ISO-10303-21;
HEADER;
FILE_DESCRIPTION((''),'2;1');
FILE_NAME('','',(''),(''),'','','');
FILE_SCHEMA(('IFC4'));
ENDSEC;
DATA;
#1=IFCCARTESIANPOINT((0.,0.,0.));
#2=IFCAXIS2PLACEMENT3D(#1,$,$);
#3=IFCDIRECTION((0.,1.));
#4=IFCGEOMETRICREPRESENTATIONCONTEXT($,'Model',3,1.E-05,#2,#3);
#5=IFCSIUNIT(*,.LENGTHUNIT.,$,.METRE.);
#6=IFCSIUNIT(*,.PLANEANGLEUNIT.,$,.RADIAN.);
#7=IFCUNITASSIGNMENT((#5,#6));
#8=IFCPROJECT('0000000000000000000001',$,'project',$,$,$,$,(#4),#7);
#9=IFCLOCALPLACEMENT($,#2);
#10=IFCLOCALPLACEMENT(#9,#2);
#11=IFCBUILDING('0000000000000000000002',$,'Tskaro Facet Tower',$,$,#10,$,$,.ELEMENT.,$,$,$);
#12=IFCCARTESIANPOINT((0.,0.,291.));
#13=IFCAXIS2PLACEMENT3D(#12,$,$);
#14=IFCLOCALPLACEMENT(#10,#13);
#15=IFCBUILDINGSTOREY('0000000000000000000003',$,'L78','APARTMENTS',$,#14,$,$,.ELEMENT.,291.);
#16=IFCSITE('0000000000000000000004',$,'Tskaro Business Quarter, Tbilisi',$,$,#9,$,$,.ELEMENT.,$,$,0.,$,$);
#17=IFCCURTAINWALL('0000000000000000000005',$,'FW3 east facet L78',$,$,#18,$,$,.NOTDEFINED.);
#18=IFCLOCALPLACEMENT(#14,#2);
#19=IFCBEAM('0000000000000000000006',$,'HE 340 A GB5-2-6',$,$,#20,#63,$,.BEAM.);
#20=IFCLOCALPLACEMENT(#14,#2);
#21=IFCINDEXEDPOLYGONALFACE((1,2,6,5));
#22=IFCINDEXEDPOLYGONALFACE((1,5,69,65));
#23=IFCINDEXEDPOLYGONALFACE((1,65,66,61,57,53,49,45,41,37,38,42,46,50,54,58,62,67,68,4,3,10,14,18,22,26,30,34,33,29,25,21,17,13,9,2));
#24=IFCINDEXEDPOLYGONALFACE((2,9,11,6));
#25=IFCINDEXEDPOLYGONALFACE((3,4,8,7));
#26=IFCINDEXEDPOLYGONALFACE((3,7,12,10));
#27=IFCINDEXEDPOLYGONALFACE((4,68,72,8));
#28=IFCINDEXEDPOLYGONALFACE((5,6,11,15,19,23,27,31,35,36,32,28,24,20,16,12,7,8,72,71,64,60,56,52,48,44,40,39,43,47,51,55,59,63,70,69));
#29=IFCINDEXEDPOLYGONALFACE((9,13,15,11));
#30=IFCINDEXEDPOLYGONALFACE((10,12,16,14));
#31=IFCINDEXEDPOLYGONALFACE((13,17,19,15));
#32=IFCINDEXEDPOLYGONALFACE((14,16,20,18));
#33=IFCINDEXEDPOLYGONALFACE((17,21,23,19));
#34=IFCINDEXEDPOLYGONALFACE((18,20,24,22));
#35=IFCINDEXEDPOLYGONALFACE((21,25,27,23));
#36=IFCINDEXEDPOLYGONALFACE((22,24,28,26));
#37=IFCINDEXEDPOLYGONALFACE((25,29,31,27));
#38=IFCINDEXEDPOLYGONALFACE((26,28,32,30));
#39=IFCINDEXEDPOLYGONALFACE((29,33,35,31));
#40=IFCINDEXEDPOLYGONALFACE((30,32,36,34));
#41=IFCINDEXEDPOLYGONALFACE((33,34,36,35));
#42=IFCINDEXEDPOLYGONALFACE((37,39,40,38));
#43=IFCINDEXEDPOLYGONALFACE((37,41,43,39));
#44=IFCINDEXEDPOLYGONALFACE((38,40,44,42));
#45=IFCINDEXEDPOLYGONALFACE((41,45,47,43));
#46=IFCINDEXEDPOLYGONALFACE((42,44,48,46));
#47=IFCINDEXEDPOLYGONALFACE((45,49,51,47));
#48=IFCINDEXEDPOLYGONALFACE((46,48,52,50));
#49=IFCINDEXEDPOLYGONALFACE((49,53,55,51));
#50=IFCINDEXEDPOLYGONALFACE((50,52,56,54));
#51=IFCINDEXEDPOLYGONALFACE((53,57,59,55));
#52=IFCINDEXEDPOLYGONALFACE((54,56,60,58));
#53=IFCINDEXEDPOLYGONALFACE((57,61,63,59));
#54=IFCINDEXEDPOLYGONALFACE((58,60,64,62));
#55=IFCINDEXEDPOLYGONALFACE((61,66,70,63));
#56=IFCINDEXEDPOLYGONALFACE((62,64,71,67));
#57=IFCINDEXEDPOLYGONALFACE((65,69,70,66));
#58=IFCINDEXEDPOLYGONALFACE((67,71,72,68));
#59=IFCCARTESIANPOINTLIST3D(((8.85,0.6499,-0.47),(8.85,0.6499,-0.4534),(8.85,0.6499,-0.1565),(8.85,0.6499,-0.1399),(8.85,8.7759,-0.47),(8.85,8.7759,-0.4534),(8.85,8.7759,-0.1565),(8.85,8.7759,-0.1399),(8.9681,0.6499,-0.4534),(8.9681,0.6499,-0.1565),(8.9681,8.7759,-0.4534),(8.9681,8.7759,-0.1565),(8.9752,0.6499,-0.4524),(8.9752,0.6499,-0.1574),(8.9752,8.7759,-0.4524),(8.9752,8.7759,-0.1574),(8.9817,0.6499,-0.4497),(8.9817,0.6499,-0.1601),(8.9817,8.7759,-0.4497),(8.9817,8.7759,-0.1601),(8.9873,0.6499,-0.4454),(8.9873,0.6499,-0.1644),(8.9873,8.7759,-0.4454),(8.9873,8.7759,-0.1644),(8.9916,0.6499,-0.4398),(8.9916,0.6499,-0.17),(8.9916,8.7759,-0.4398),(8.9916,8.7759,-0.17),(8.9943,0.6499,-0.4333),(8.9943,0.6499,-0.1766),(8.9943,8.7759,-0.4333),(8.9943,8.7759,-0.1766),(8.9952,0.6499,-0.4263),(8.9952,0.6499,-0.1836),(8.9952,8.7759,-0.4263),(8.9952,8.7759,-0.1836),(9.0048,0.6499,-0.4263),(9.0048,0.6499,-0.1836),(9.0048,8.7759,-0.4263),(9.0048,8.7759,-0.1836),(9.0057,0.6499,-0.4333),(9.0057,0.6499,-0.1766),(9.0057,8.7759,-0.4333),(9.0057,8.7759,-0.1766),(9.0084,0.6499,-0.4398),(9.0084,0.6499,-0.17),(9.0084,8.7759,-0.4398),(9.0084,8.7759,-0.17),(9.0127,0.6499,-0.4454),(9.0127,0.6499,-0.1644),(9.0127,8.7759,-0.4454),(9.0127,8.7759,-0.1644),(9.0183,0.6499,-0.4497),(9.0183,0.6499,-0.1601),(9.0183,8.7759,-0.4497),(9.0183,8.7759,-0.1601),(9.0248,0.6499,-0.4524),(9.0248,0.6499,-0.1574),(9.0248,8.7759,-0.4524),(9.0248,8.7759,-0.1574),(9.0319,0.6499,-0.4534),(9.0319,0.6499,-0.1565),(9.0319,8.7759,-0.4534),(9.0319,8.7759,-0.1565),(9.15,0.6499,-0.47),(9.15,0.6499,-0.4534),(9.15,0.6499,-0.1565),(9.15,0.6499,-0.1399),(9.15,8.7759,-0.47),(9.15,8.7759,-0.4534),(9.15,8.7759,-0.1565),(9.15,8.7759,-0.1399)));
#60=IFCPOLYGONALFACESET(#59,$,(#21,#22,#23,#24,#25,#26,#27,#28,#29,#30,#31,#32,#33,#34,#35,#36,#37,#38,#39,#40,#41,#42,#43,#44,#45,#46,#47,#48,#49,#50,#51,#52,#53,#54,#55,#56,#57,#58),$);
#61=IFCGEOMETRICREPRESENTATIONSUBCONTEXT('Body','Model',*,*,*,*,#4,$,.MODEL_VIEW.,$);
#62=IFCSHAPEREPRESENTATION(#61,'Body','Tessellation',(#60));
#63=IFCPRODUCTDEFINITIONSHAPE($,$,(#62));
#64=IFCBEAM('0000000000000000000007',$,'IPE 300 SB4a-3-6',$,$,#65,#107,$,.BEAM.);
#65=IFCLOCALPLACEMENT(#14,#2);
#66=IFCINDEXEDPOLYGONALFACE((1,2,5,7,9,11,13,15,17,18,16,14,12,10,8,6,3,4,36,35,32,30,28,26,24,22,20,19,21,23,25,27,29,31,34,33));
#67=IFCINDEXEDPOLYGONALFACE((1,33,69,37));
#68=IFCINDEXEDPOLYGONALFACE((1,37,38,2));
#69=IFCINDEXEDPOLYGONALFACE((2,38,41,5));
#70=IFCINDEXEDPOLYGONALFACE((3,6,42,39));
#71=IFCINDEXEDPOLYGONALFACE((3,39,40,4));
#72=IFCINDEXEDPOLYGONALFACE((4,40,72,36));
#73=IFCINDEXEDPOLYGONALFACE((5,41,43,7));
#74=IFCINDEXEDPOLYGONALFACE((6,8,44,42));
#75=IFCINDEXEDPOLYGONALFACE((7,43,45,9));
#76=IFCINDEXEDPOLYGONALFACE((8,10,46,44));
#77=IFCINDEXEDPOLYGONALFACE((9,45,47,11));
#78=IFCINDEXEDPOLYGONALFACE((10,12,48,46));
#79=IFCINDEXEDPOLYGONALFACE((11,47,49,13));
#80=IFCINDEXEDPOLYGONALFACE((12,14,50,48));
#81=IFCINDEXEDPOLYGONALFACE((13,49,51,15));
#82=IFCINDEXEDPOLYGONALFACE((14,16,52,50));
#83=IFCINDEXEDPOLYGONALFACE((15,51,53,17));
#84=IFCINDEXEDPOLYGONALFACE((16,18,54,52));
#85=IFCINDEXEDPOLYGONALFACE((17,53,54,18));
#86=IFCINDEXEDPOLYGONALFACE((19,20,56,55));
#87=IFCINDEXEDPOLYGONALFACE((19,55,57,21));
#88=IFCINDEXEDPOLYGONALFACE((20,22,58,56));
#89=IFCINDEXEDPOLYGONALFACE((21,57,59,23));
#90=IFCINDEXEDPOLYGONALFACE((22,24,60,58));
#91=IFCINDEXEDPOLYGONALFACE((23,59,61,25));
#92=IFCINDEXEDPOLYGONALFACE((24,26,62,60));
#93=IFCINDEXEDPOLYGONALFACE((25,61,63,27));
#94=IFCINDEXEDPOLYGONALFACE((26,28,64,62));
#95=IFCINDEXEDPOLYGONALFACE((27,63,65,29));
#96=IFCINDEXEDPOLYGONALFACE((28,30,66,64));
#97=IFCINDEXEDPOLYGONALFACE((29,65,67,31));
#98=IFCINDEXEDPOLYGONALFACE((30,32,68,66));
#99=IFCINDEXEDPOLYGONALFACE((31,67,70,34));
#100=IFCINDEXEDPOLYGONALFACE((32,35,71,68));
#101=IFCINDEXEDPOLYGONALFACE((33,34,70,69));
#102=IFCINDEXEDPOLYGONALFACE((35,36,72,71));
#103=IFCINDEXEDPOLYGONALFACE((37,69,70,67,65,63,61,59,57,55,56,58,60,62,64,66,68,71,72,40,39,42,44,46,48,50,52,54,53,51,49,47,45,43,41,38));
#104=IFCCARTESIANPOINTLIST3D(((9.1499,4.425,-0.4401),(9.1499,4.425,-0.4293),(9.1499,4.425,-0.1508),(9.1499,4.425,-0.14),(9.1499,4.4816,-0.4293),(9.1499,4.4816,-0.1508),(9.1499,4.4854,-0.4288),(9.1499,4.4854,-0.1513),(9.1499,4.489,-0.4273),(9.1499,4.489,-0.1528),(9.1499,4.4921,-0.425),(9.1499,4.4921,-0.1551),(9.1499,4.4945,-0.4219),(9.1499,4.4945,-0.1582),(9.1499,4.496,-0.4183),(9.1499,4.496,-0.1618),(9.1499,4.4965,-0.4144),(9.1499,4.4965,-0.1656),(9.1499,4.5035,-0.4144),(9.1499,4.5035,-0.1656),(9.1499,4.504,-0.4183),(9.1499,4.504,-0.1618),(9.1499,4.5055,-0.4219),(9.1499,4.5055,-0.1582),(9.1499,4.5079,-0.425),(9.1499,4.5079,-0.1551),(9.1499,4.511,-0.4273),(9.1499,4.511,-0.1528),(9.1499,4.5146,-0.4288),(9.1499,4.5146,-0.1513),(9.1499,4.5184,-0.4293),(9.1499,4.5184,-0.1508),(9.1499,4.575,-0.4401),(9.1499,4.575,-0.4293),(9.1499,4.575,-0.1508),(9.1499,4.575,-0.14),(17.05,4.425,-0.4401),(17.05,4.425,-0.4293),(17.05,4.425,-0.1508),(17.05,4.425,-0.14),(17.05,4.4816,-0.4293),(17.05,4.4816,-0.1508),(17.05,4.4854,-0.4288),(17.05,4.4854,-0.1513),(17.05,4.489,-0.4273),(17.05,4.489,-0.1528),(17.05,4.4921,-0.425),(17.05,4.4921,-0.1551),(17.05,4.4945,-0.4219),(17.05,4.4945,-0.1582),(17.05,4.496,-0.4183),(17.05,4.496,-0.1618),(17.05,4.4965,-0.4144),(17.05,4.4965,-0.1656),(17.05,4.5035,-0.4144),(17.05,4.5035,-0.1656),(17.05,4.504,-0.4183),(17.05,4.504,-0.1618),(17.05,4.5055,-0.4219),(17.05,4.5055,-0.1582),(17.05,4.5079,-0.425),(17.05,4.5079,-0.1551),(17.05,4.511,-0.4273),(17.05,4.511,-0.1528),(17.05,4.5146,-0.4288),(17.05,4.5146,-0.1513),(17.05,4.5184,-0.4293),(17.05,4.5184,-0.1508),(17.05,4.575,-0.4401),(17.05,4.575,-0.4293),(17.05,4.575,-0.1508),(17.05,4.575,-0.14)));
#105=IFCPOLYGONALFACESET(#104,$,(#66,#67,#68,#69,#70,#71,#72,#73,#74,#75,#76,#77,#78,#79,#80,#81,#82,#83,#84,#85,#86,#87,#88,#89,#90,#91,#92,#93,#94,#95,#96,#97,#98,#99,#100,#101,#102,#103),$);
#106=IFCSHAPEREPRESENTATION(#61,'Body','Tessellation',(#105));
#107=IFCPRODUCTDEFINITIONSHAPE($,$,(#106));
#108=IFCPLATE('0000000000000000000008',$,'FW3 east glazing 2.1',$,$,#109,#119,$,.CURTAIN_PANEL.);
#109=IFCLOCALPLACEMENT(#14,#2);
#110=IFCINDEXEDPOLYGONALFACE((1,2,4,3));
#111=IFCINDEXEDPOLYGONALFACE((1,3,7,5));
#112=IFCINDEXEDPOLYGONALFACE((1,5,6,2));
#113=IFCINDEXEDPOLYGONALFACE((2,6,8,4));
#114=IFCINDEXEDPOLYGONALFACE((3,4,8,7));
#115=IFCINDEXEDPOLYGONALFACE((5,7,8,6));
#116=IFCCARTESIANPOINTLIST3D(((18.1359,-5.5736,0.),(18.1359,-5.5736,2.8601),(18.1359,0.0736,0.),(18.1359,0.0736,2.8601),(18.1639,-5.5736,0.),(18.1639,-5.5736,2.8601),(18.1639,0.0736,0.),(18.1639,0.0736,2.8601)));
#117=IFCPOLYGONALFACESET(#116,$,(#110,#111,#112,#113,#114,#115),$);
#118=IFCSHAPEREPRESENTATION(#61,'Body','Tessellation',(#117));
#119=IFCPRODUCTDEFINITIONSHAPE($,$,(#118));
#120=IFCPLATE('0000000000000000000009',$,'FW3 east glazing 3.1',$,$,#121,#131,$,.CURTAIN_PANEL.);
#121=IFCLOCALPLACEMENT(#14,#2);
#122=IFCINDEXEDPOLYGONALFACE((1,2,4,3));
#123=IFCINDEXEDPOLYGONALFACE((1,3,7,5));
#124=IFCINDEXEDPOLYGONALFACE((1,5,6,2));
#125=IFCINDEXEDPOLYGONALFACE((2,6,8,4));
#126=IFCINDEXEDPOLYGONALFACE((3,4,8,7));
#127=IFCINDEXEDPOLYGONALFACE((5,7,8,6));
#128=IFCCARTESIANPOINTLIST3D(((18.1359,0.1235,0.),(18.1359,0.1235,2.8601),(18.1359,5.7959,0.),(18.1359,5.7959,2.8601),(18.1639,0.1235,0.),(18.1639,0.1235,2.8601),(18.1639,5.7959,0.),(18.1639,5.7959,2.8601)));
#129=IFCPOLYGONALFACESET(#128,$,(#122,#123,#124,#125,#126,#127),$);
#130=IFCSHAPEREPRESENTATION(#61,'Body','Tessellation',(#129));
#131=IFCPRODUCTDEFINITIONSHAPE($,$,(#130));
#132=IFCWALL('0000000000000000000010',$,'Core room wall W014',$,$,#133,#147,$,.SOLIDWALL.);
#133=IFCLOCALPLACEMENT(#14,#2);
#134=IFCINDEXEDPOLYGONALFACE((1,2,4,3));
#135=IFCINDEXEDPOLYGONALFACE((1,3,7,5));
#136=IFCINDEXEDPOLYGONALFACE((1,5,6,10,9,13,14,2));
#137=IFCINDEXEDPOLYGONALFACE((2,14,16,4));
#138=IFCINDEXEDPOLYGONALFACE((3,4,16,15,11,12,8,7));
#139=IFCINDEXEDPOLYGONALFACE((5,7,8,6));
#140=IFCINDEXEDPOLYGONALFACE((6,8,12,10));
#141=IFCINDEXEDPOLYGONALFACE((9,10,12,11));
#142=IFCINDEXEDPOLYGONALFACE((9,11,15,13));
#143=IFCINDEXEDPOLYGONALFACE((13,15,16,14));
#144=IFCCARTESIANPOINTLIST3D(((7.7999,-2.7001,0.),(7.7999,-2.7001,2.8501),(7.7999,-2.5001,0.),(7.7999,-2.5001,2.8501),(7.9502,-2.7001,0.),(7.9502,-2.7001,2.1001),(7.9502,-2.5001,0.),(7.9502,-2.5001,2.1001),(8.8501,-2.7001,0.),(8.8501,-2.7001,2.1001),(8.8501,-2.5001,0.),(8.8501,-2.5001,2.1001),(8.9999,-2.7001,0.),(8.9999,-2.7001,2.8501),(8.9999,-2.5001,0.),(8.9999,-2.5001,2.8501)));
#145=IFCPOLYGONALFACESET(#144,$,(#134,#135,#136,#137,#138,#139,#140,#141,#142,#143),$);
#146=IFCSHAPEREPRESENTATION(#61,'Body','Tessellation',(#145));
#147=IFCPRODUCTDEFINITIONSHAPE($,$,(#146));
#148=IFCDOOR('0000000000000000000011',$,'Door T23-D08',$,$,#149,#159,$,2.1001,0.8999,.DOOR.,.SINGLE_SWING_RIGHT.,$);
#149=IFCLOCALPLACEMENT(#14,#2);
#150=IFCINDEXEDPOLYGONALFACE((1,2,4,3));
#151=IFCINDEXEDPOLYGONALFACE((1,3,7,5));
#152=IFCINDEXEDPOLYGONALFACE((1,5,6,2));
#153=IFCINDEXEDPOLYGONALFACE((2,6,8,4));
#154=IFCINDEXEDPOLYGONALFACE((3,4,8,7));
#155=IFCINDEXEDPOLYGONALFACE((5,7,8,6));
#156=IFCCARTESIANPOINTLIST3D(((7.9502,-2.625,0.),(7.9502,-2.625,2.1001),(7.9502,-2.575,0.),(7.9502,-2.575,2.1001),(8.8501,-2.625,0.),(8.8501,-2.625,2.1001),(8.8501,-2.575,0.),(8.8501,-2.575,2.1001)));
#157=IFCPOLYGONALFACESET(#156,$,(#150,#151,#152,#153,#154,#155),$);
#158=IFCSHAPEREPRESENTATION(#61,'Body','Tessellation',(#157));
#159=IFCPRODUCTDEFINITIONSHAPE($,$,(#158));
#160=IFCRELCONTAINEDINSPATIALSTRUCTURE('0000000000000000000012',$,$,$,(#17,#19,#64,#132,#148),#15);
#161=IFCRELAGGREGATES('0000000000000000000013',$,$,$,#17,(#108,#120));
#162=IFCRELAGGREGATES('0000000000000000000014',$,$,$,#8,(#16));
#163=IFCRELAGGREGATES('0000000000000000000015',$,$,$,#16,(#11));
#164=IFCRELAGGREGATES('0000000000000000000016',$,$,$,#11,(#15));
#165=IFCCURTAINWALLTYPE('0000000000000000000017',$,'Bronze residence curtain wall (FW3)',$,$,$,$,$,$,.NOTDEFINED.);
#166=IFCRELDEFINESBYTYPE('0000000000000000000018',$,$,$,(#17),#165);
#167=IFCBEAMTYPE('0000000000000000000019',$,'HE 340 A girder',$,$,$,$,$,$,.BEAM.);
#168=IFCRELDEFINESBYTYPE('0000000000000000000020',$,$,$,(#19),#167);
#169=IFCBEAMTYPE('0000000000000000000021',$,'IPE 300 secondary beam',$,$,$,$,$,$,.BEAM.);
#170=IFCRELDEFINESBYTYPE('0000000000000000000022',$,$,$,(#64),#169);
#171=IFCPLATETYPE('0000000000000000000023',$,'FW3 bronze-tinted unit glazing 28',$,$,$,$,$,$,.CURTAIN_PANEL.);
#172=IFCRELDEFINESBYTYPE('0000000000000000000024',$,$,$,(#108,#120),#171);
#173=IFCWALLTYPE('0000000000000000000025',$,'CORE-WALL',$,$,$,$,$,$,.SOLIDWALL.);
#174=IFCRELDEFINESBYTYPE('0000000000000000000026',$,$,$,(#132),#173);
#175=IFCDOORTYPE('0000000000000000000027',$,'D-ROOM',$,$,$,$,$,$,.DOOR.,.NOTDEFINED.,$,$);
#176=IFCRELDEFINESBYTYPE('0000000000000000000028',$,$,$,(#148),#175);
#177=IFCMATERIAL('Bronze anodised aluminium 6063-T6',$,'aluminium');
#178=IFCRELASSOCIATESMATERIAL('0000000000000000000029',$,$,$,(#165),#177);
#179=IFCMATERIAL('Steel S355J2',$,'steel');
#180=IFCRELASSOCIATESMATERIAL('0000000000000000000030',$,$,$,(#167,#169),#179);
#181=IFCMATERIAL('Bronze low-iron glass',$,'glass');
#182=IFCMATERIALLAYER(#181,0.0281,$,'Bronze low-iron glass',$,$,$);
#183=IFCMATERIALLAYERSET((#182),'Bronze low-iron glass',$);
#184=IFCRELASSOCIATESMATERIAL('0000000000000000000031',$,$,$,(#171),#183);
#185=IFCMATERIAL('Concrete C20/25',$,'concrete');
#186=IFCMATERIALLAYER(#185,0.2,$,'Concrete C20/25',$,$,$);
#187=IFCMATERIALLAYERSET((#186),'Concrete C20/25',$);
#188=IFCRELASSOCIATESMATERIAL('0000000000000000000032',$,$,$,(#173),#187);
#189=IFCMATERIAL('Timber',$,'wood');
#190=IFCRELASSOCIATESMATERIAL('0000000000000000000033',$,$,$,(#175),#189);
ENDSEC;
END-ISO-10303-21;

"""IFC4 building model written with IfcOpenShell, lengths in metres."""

from ifc_helpers import new_model, si_unit, direction, frame, frame_2d, origin, origin_2d, place, context, subcontext, project, spatial, rectangle, i_section, extrude, material, layer, layer_set, material_profile, profile_set, type_object, element, fill, aggregate, save


model = new_model("IFC4")

# Units and contexts
model_context = context("Model", 3, precision=1e-05, world=origin(), true_north=direction((0.0, 1.0)))
body_context = subcontext(model_context, "Body", "Model", "MODEL_VIEW")
ifc_project = project(units=[si_unit("LENGTHUNIT", "METRE"), si_unit("PLANEANGLEUNIT", "RADIAN")], contexts=[model_context])

# Site, building, storey
site_placement = place(None, origin())
site = spatial("IfcSite", under=ifc_project, at=site_placement, Name="Tskaro Business Quarter, Tbilisi", CompositionType="ELEMENT", RefElevation=0.0)
building_placement = place(site_placement, origin())
building = spatial("IfcBuilding", under=site, at=building_placement, Name="Tskaro Facet Tower", CompositionType="ELEMENT")
storey_placement = place(building_placement, frame((0.0, 0.0, 291.0)))
storey = spatial("IfcBuildingStorey", under=building, at=storey_placement, Name="L78", Description="APARTMENTS", CompositionType="ELEMENT", Elevation=291.0)

# Shared definitions
ifc_material_1 = material(Name="Steel S355J2", Category="steel")

# Curtain wall
ifc_material_2 = material(Name="Bronze anodised aluminium 6063-T6", Category="aluminium")
curtain_wall_type = type_object("IfcCurtainWallType", Name="Bronze residence curtain wall (FW3)", PredefinedType="NOTDEFINED", material=ifc_material_2)
curtain_wall_placement = place(storey_placement, origin())
curtain_wall = element("IfcCurtainWall", 1, at=curtain_wall_placement, inside=storey, type_object=curtain_wall_type, Name="FW3 east facet L78", PredefinedType="NOTDEFINED")

# Beams
ifc_material_profile_1 = material_profile(ifc_material_1, i_section(OverallWidth=0.3, OverallDepth=0.3301, WebThickness=0.0095, FlangeThickness=0.0166, FilletRadius=0.0271, at=origin_2d()), Name="HE 340 A")
ifc_profile_set_1 = profile_set([ifc_material_profile_1], Name="Steel S355J2")
beam_type_1 = type_object("IfcBeamType", Name="HE 340 A girder", PredefinedType="BEAM", material=ifc_profile_set_1)
beam_1_placement = place(storey_placement, frame((9.0, 0.6499, -0.3049), z_axis=(0.0, 1.0, 0.0), x_axis=(-1.0, 0.0, 0.0)))
element("IfcBeam", 2, at=beam_1_placement, inside=storey, type_object=beam_type_1, Name="HE 340 A GB5-2-6", PredefinedType="BEAM", context=body_context, shape_type="SweptSolid", body=[
    extrude(i_section(OverallWidth=0.3, OverallDepth=0.3301, WebThickness=0.0095, FlangeThickness=0.0166, FilletRadius=0.0271, at=origin_2d()), origin(), (0.0, 0.0, 1.0), 8.126),
])
ifc_material_profile_2 = material_profile(ifc_material_1, i_section(OverallWidth=0.1499, OverallDepth=0.3, WebThickness=0.0071, FlangeThickness=0.0107, FilletRadius=0.0149, at=origin_2d()), Name="IPE 300")
ifc_profile_set_2 = profile_set([ifc_material_profile_2], Name="Steel S355J2")
beam_type_2 = type_object("IfcBeamType", Name="IPE 300 secondary beam", PredefinedType="BEAM", material=ifc_profile_set_2)
beam_2_placement = place(storey_placement, frame((9.1499, 4.5, -0.29), z_axis=(1.0, 0.0, 0.0), x_axis=(0.0, 1.0, 0.0)))
element("IfcBeam", 3, at=beam_2_placement, inside=storey, type_object=beam_type_2, Name="IPE 300 SB4a-3-6", PredefinedType="BEAM", context=body_context, shape_type="SweptSolid", body=[
    extrude(i_section(OverallWidth=0.1499, OverallDepth=0.3, WebThickness=0.0071, FlangeThickness=0.0107, FilletRadius=0.0149, at=origin_2d()), origin(), (0.0, 0.0, 1.0), 7.9001),
])

# Plates
ifc_material_3 = material(Name="Bronze low-iron glass", Category="glass")
ifc_layer_1 = layer(ifc_material_3, 0.0281, Name="Bronze low-iron glass")
ifc_layer_set_1 = layer_set([ifc_layer_1], Name="Bronze low-iron glass")
plate_type = type_object("IfcPlateType", Name="FW3 bronze-tinted unit glazing 28", PredefinedType="CURTAIN_PANEL", material=ifc_layer_set_1)
plate_1_placement = place(storey_placement, frame((18.1499, -2.75, 0.0), z_axis=(0.0, 0.0, 1.0), x_axis=(0.0, 1.0, 0.0)))
plate_1 = element("IfcPlate", 4, at=plate_1_placement, type_object=plate_type, Name="FW3 east glazing 2.1", PredefinedType="CURTAIN_PANEL", context=body_context, shape_type="SweptSolid", body=[
    extrude(rectangle(XDim=5.6472, YDim=0.0281, at=origin_2d()), origin(), (0.0, 0.0, 1.0), 2.8601),
])
plate_2_placement = place(storey_placement, frame((18.1499, 2.9597, 0.0), z_axis=(0.0, 0.0, 1.0), x_axis=(0.0, 1.0, 0.0)))
plate_2 = element("IfcPlate", 5, at=plate_2_placement, type_object=plate_type, Name="FW3 east glazing 3.1", PredefinedType="CURTAIN_PANEL", context=body_context, shape_type="SweptSolid", body=[
    extrude(rectangle(XDim=5.6724, YDim=0.0281, at=origin_2d()), origin(), (0.0, 0.0, 1.0), 2.8601),
])
aggregate(curtain_wall, [plate_1, plate_2])

# Wall, opening, door
ifc_material_4 = material(Name="Concrete C20/25", Category="concrete")
ifc_layer_2 = layer(ifc_material_4, 0.2, Name="Concrete C20/25")
ifc_layer_set_2 = layer_set([ifc_layer_2], Name="Concrete C20/25")
wall_type_1 = type_object("IfcWallType", Name="CORE-WALL", PredefinedType="SOLIDWALL", material=ifc_layer_set_2)
wall_1_placement = place(storey_placement, frame((9.0, -2.6001, 0.0), z_axis=(0.0, 0.0, 1.0), x_axis=(-1.0, 0.0, 0.0)))
wall_1 = element("IfcWall", 6, at=wall_1_placement, inside=storey, type_object=wall_type_1, Name="Core room wall W014", PredefinedType="SOLIDWALL", context=body_context, shape_type="SweptSolid", body=[
    extrude(rectangle(XDim=1.2, YDim=0.2, at=frame_2d((0.6001, 0.0))), origin(), (0.0, 0.0, 1.0), 2.8501),
])
opening_1_placement = place(wall_1_placement, frame((0.1499, 0.0, 0.0)))
opening_1 = element("IfcOpeningElement", 7, at=opening_1_placement, cuts=wall_1, PredefinedType="OPENING", context=body_context, shape_type="SweptSolid", body=[
    extrude(rectangle(XDim=0.8999, YDim=2.1001, at=frame_2d((0.45, 1.05))), frame((0.0, 0.1099, 0.0), z_axis=(0.0, -1.0, 0.0), x_axis=(1.0, 0.0, 0.0)), (0.0, 0.0, 1.0), 0.22),
])
ifc_material_5 = material(Name="Timber", Category="wood")
door_type_1 = type_object("IfcDoorType", Name="D-ROOM", OperationType="NOTDEFINED", PredefinedType="DOOR", material=ifc_material_5)
door_1_placement = place(opening_1_placement, origin())
door_1 = element("IfcDoor", 8, at=door_1_placement, inside=storey, type_object=door_type_1, Name="Door T23-D08", OperationType="SINGLE_SWING_RIGHT", OverallHeight=2.1001, OverallWidth=0.8999, PredefinedType="DOOR", context=body_context, shape_type="SweptSolid", body=[
    extrude(rectangle(XDim=0.8999, YDim=2.1001, at=frame_2d((0.45, 1.05))), frame((0.0, 0.0249, 0.0), z_axis=(0.0, -1.0, 0.0), x_axis=(1.0, 0.0, 0.0)), (0.0, 0.0, 1.0), 0.05),
])
fill(opening_1, door_1)

save(model, "model.ifc")
